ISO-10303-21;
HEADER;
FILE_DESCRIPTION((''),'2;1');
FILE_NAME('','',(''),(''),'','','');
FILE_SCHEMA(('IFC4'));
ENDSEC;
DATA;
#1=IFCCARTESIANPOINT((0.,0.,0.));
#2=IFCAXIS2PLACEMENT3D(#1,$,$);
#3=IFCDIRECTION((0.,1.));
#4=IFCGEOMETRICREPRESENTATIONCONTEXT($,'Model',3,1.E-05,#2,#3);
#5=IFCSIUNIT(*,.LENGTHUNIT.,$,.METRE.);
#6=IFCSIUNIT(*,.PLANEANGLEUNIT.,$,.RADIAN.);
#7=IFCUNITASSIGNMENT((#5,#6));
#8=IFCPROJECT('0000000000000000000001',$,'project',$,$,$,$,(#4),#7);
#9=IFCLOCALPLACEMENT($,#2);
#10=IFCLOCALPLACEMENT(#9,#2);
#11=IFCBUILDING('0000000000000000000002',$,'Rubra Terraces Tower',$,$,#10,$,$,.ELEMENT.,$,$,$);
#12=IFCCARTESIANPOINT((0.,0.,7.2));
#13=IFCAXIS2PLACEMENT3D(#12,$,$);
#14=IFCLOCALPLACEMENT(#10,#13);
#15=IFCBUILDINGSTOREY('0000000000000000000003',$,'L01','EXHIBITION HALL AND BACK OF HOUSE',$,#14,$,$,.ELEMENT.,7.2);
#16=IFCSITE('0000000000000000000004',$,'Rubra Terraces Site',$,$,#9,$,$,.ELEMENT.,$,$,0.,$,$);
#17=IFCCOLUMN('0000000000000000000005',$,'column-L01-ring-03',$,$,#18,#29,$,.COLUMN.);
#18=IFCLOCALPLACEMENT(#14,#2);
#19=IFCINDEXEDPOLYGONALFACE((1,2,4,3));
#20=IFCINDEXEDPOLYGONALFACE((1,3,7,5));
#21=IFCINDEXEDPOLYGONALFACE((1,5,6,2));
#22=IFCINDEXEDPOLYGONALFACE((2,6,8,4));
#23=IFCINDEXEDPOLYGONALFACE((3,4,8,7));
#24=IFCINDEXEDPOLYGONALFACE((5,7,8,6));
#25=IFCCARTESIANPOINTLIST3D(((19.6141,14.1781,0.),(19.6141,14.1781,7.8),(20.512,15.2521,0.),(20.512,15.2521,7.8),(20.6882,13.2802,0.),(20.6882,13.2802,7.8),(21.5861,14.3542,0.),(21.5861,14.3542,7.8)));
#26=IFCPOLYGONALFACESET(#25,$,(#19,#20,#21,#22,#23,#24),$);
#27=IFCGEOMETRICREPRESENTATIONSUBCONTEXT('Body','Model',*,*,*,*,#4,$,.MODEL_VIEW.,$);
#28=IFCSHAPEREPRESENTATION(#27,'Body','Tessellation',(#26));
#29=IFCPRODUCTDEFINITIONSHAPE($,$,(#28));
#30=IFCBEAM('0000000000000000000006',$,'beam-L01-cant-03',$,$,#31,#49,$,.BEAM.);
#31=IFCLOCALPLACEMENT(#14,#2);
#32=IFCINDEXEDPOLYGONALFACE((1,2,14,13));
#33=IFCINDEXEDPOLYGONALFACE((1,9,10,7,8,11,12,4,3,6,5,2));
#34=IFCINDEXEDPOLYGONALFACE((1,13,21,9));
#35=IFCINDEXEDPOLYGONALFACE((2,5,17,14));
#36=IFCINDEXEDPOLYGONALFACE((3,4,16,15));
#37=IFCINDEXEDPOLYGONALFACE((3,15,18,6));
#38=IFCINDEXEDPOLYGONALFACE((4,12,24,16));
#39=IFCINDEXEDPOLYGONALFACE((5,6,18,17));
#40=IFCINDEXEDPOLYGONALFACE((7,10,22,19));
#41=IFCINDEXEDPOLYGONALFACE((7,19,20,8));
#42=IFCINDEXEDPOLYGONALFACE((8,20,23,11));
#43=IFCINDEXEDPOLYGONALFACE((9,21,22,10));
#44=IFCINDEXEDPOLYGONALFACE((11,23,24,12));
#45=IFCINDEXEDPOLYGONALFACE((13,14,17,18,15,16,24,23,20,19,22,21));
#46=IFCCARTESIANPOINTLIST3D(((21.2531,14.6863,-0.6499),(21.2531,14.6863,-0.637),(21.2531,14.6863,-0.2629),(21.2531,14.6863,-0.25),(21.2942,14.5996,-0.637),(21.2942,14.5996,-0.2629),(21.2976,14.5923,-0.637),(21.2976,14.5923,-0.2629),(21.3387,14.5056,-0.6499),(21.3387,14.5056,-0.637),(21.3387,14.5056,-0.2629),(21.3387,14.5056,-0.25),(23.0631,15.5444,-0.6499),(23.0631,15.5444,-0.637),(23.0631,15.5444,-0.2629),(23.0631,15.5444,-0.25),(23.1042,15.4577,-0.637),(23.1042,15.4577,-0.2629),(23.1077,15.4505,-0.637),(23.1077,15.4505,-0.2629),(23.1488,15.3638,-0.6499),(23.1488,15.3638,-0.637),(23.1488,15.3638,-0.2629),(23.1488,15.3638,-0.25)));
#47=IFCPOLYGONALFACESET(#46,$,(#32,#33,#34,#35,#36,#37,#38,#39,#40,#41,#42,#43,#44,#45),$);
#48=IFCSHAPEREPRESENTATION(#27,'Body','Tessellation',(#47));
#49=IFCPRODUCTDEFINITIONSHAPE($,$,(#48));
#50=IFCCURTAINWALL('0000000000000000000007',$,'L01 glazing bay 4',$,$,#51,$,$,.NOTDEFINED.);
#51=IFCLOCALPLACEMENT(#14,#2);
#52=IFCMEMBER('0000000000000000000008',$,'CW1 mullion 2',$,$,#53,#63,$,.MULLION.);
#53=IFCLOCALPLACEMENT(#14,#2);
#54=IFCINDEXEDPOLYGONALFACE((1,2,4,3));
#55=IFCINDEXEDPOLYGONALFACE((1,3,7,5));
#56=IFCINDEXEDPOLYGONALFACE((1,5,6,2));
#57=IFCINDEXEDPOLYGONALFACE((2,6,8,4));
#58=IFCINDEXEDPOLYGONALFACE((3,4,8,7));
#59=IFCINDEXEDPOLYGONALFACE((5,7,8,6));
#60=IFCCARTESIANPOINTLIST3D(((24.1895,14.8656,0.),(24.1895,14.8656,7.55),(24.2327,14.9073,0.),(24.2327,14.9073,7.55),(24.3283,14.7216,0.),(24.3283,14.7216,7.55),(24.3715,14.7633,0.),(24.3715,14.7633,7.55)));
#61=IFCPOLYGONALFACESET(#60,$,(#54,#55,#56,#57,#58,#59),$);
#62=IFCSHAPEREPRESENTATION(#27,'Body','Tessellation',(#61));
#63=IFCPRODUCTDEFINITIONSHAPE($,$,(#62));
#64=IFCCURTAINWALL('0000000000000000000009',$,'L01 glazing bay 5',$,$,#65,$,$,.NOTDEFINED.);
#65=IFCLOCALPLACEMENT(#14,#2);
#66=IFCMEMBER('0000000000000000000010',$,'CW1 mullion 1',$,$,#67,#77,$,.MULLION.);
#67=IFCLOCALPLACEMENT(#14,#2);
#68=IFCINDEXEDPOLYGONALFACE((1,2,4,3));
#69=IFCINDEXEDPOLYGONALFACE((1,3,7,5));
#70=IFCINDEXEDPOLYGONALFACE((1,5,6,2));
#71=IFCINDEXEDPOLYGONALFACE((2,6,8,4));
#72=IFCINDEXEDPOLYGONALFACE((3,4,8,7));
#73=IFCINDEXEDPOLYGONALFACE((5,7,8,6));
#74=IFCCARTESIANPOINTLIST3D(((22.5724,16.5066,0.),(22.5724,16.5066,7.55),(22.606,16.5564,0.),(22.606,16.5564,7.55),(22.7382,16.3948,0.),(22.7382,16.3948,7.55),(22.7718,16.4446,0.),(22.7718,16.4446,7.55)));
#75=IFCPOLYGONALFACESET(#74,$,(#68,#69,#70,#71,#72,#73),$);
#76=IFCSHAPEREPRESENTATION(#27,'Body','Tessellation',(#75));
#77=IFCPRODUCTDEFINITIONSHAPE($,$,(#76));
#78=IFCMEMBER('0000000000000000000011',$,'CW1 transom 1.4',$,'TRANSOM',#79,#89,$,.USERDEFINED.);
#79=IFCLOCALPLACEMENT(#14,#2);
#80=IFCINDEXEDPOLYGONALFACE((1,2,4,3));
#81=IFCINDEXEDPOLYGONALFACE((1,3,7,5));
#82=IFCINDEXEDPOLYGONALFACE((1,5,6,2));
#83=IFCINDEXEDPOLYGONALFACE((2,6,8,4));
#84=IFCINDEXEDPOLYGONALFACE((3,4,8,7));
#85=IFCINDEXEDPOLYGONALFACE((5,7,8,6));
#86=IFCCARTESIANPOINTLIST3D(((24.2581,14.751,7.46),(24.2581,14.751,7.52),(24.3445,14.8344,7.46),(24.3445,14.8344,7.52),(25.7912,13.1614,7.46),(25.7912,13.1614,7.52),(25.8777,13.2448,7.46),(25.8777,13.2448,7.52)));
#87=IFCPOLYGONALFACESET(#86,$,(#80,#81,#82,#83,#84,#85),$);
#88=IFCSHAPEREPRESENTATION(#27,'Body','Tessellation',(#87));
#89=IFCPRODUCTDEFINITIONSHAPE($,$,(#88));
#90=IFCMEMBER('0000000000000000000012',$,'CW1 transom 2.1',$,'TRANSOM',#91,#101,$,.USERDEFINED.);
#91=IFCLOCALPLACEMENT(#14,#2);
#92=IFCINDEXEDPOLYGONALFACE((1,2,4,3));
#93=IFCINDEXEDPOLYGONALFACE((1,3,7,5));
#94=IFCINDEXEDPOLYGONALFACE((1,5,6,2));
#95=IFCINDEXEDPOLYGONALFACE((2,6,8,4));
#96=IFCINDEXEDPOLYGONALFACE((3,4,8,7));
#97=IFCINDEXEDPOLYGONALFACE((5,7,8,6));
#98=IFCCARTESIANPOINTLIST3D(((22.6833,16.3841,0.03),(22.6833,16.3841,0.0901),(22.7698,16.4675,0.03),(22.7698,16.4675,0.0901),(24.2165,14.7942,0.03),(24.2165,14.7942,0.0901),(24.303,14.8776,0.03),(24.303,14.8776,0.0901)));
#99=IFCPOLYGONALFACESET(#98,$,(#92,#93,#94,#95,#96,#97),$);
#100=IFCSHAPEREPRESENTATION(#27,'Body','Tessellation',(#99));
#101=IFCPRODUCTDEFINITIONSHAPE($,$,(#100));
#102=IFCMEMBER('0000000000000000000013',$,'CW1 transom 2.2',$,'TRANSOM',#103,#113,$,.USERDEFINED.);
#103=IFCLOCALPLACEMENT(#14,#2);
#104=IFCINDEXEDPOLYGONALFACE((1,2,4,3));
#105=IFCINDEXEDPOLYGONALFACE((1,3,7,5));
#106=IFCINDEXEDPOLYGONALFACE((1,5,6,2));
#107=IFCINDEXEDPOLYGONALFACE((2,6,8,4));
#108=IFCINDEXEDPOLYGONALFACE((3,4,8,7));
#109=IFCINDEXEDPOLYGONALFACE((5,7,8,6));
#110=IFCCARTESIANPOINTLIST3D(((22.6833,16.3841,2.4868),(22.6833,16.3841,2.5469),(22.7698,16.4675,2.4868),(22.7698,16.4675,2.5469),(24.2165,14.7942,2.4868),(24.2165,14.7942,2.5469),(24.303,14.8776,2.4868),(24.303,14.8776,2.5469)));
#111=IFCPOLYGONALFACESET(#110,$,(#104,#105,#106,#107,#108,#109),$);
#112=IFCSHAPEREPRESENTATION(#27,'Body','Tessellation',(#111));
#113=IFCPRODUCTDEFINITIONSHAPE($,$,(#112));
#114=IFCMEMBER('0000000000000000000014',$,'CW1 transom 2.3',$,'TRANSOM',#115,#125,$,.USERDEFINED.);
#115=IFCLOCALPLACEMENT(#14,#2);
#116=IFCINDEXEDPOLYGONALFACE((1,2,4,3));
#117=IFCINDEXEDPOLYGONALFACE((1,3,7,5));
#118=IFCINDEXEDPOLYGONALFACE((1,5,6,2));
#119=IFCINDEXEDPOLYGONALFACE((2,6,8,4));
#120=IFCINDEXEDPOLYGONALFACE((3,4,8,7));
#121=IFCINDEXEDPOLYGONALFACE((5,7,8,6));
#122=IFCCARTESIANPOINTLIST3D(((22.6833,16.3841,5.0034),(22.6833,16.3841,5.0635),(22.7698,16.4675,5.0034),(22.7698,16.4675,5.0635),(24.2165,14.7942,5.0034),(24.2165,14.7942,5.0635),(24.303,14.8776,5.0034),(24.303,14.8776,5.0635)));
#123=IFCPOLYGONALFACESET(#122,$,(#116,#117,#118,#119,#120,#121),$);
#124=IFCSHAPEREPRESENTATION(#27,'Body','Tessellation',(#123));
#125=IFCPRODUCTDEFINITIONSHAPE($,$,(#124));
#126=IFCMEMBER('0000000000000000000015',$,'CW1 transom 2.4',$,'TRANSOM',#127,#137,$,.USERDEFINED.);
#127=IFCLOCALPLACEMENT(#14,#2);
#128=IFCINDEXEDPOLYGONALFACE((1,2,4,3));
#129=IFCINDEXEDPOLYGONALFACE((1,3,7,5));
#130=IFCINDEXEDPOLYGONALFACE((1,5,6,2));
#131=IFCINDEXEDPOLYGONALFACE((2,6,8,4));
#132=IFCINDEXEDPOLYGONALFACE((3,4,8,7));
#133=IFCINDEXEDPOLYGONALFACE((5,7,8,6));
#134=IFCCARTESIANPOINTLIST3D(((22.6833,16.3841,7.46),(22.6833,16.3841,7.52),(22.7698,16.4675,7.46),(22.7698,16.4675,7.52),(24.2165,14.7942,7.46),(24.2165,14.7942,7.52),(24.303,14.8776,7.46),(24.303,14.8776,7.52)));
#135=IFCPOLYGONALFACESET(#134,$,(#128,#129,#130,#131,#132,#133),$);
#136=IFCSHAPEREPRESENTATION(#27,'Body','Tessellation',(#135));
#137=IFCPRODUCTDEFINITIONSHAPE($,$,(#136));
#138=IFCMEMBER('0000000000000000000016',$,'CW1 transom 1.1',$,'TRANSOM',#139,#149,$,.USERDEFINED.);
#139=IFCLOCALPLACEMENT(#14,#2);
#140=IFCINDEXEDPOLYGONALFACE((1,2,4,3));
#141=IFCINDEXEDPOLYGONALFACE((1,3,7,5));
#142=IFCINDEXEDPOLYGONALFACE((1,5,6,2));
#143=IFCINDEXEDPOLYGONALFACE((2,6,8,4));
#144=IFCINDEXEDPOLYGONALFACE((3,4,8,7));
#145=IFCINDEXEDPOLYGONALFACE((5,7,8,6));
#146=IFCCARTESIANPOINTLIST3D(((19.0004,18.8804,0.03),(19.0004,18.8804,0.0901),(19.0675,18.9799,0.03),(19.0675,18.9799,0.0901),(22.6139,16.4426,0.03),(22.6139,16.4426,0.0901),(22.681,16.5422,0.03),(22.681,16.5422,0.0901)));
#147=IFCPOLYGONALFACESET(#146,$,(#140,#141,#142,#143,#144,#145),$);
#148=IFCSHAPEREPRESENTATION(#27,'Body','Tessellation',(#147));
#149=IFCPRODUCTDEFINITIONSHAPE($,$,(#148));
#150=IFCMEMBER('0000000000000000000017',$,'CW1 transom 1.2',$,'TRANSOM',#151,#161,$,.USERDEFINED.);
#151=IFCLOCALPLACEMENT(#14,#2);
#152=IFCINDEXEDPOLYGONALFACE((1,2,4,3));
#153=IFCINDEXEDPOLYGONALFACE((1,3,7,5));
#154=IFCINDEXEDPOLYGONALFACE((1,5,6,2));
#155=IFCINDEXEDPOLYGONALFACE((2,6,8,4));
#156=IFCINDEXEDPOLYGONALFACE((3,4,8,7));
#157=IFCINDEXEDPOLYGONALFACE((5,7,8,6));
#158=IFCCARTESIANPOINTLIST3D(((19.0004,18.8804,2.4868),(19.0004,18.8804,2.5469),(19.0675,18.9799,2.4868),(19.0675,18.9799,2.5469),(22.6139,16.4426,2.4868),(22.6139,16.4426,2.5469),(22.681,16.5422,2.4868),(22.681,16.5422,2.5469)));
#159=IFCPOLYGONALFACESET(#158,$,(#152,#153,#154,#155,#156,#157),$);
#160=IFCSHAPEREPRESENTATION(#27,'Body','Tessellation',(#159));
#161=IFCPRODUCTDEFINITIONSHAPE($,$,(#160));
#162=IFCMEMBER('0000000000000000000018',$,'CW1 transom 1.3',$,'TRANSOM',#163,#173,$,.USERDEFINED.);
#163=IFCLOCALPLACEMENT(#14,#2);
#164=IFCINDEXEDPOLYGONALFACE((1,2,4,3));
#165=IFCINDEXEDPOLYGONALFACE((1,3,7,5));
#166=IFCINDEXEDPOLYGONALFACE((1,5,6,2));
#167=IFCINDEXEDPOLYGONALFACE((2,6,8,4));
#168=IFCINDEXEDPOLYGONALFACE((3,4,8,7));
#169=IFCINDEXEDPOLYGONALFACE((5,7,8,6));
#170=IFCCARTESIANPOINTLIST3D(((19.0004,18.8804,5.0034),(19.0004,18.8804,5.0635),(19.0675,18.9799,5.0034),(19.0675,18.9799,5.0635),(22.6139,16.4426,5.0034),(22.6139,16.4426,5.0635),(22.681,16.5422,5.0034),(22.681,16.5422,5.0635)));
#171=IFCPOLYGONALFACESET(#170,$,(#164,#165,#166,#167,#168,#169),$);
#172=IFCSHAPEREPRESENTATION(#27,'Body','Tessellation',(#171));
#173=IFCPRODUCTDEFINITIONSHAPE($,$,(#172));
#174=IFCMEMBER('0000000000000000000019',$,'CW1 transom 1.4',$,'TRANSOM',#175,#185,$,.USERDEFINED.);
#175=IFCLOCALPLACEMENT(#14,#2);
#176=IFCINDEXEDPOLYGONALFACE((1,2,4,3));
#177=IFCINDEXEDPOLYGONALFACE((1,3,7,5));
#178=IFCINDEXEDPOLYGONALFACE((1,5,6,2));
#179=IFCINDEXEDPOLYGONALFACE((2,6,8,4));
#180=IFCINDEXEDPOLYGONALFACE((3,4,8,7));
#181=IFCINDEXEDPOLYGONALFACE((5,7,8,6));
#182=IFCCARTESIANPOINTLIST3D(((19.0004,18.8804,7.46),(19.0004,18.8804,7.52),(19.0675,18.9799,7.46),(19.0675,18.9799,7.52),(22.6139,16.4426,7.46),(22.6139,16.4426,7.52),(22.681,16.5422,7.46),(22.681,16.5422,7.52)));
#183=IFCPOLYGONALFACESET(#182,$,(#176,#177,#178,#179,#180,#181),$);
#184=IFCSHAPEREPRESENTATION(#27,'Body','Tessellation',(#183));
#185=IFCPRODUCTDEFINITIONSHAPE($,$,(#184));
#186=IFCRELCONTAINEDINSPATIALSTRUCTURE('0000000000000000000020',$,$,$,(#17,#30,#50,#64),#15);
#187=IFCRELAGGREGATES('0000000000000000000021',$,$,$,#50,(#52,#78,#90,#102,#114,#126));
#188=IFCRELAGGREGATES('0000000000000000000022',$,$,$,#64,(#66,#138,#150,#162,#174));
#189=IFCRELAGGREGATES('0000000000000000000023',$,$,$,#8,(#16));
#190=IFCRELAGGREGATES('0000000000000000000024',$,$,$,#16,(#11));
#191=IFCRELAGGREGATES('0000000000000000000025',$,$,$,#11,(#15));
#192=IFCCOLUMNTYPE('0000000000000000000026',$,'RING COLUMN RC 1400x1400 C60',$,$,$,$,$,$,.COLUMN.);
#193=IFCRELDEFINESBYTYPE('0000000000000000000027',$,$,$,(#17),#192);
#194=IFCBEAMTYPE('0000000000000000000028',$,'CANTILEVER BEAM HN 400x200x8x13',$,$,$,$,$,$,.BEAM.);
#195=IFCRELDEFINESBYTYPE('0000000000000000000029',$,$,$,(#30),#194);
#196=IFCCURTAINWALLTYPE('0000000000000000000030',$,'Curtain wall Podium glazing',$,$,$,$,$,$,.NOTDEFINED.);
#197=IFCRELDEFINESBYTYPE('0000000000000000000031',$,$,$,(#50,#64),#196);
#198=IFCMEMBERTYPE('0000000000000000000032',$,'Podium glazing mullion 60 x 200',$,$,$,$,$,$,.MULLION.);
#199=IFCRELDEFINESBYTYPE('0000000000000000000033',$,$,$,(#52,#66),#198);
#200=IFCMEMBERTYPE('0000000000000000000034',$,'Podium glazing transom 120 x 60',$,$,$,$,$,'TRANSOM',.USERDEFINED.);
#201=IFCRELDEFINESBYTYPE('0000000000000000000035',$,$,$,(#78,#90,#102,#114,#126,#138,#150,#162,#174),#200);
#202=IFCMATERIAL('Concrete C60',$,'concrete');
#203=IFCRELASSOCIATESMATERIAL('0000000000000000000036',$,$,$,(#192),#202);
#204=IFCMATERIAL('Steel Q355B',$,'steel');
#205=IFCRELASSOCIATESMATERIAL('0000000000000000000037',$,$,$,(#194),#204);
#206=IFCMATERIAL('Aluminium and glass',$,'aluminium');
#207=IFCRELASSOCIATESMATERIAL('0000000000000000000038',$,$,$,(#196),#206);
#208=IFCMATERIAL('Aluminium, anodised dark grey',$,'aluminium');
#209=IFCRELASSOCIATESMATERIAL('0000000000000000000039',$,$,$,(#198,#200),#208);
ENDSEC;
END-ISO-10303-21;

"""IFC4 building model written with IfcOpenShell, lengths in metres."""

from ifc_helpers import new_model, si_unit, direction, frame, origin, origin_2d, place, context, subcontext, project, spatial, rectangle, i_section, extrude, material, material_profile, profile_set, type_object, element, aggregate, save


model = new_model("IFC4")

# Units and contexts
model_context = context("Model", 3, precision=1e-05, world=origin(), true_north=direction((0.0, 1.0)))
body_context = subcontext(model_context, "Body", "Model", "MODEL_VIEW")
ifc_project = project(units=[si_unit("LENGTHUNIT", "METRE"), si_unit("PLANEANGLEUNIT", "RADIAN")], contexts=[model_context])

# Site, building, storey
site_placement = place(None, origin())
site = spatial("IfcSite", under=ifc_project, at=site_placement, Name="Rubra Terraces Site", CompositionType="ELEMENT", RefElevation=0.0)
building_placement = place(site_placement, origin())
building = spatial("IfcBuilding", under=site, at=building_placement, Name="Rubra Terraces Tower", CompositionType="ELEMENT")
storey_placement = place(building_placement, frame((0.0, 0.0, 7.2)))
storey = spatial("IfcBuildingStorey", under=building, at=storey_placement, Name="L01", Description="EXHIBITION HALL AND BACK OF HOUSE", CompositionType="ELEMENT", Elevation=7.2)

# Column
ifc_material_1 = material(Name="Concrete C60", Category="concrete")
ifc_material_profile_1 = material_profile(ifc_material_1, rectangle(XDim=1.3999, YDim=1.3999, at=origin_2d()), Name="RC 1400x1400")
ifc_profile_set_1 = profile_set([ifc_material_profile_1], Name="Concrete C60")
column_type = type_object("IfcColumnType", Name="RING COLUMN RC 1400x1400 C60", PredefinedType="COLUMN", material=ifc_profile_set_1)
column_placement = place(storey_placement, frame((20.6001, 14.2661, 0.0), z_axis=(0.0, 0.0, 1.0), x_axis=(-0.76721, 0.641397, 0.0)))
element("IfcColumn", 1, at=column_placement, inside=storey, type_object=column_type, Name="column-L01-ring-03", PredefinedType="COLUMN", context=body_context, shape_type="SweptSolid", body=[
    extrude(rectangle(XDim=1.3999, YDim=1.3999, at=origin_2d()), origin(), (0.0, 0.0, 1.0), 7.8),
])

# Beam
ifc_material_2 = material(Name="Steel Q355B", Category="steel")
ifc_material_profile_2 = material_profile(ifc_material_2, i_section(OverallWidth=0.2, OverallDepth=0.3999, WebThickness=0.0081, FlangeThickness=0.0129, at=origin_2d()), Name="HN 400x200x8x13")
ifc_profile_set_2 = profile_set([ifc_material_profile_2], Name="Steel Q355B")
beam_type_1 = type_object("IfcBeamType", Name="CANTILEVER BEAM HN 400x200x8x13", PredefinedType="BEAM", material=ifc_profile_set_2)
beam_1_placement = place(storey_placement, frame((21.2959, 14.5959, -0.45), z_axis=(0.903591, 0.428395, 0.0), x_axis=(-0.428395, 0.903591, 0.0)))
element("IfcBeam", 2, at=beam_1_placement, inside=storey, type_object=beam_type_1, Name="beam-L01-cant-03", PredefinedType="BEAM", context=body_context, shape_type="SweptSolid", body=[
    extrude(i_section(OverallWidth=0.2, OverallDepth=0.3999, WebThickness=0.0081, FlangeThickness=0.0129, at=origin_2d()), origin(), (0.0, 0.0, 1.0), 2.0032),
])

# Curtain walls, members
ifc_material_3 = material(Name="Aluminium and glass", Category="aluminium")
curtain_wall_type = type_object("IfcCurtainWallType", Name="Curtain wall Podium glazing", PredefinedType="NOTDEFINED", material=ifc_material_3)
curtain_wall_1_placement = place(storey_placement, origin())
curtain_wall_1 = element("IfcCurtainWall", 3, at=curtain_wall_1_placement, inside=storey, type_object=curtain_wall_type, Name="L01 glazing bay 4", PredefinedType="NOTDEFINED")
ifc_material_4 = material(Name="Aluminium, anodised dark grey", Category="aluminium")
ifc_material_profile_3 = material_profile(ifc_material_4, rectangle(XDim=0.0601, YDim=0.2, at=origin_2d()), Name="AL 60x200")
ifc_profile_set_3 = profile_set([ifc_material_profile_3], Name="Aluminium, anodised dark grey")
member_type_1 = type_object("IfcMemberType", Name="Podium glazing mullion 60 x 200", PredefinedType="MULLION", material=ifc_profile_set_3)
member_1_placement = place(storey_placement, frame((24.2805, 14.8145, 0.0), z_axis=(0.0, 0.0, 1.0), x_axis=(-0.719825, -0.694156, 0.0)))
member_1 = element("IfcMember", 4, at=member_1_placement, type_object=member_type_1, Name="CW1 mullion 2", PredefinedType="MULLION", context=body_context, shape_type="SweptSolid", body=[
    extrude(rectangle(XDim=0.0601, YDim=0.2, at=origin_2d()), origin(), (0.0, 0.0, 1.0), 7.55),
])
curtain_wall_2_placement = place(storey_placement, origin())
curtain_wall_2 = element("IfcCurtainWall", 5, at=curtain_wall_2_placement, inside=storey, type_object=curtain_wall_type, Name="L01 glazing bay 5", PredefinedType="NOTDEFINED")
member_2_placement = place(storey_placement, frame((22.6721, 16.4756, 0.0), z_axis=(0.0, 0.0, 1.0), x_axis=(-0.559277, -0.828981, 0.0)))
member_2 = element("IfcMember", 6, at=member_2_placement, type_object=member_type_1, Name="CW1 mullion 1", PredefinedType="MULLION", context=body_context, shape_type="SweptSolid", body=[
    extrude(rectangle(XDim=0.0601, YDim=0.2, at=origin_2d()), origin(), (0.0, 0.0, 1.0), 7.55),
])

# Members
ifc_material_profile_4 = material_profile(ifc_material_4, rectangle(XDim=0.1201, YDim=0.0601, at=origin_2d()), Name="AL 120x60")
ifc_profile_set_4 = profile_set([ifc_material_profile_4], Name="Aluminium, anodised dark grey")
member_type_2 = type_object("IfcMemberType", Name="Podium glazing transom 120 x 60", ElementType="TRANSOM", PredefinedType="USERDEFINED", material=ifc_profile_set_4)
member_3_placement = place(storey_placement, frame((25.8345, 13.2031, 7.49), z_axis=(-0.694224, 0.719759, 0.0), x_axis=(-0.719759, -0.694224, 0.0)))
member_3 = element("IfcMember", 7, at=member_3_placement, type_object=member_type_2, Name="CW1 transom 1.4", ObjectType="TRANSOM", PredefinedType="USERDEFINED", context=body_context, shape_type="SweptSolid", body=[
    extrude(rectangle(XDim=0.1201, YDim=0.0601, at=origin_2d()), origin(), (0.0, 0.0, 1.0), 2.2085),
])
member_4_placement = place(storey_placement, frame((24.2598, 14.8359, 0.0601), z_axis=(-0.694168, 0.719813, 0.0), x_axis=(-0.719813, -0.694168, 0.0)))
member_4 = element("IfcMember", 8, at=member_4_placement, type_object=member_type_2, Name="CW1 transom 2.1", ObjectType="TRANSOM", PredefinedType="USERDEFINED", context=body_context, shape_type="SweptSolid", body=[
    extrude(rectangle(XDim=0.1201, YDim=0.0601, at=origin_2d()), origin(), (0.0, 0.0, 1.0), 2.2087),
])
member_5_placement = place(storey_placement, frame((24.2598, 14.8359, 2.5168), z_axis=(-0.694168, 0.719813, 0.0), x_axis=(-0.719813, -0.694168, 0.0)))
member_5 = element("IfcMember", 9, at=member_5_placement, type_object=member_type_2, Name="CW1 transom 2.2", ObjectType="TRANSOM", PredefinedType="USERDEFINED", context=body_context, shape_type="SweptSolid", body=[
    extrude(rectangle(XDim=0.1201, YDim=0.0601, at=origin_2d()), origin(), (0.0, 0.0, 1.0), 2.2087),
])
member_6_placement = place(storey_placement, frame((24.2598, 14.8359, 5.0334), z_axis=(-0.694168, 0.719813, 0.0), x_axis=(-0.719813, -0.694168, 0.0)))
member_6 = element("IfcMember", 10, at=member_6_placement, type_object=member_type_2, Name="CW1 transom 2.3", ObjectType="TRANSOM", PredefinedType="USERDEFINED", context=body_context, shape_type="SweptSolid", body=[
    extrude(rectangle(XDim=0.1201, YDim=0.0601, at=origin_2d()), origin(), (0.0, 0.0, 1.0), 2.2087),
])
member_7_placement = place(storey_placement, frame((24.2598, 14.8359, 7.49), z_axis=(-0.694168, 0.719813, 0.0), x_axis=(-0.719813, -0.694168, 0.0)))
member_7 = element("IfcMember", 11, at=member_7_placement, type_object=member_type_2, Name="CW1 transom 2.4", ObjectType="TRANSOM", PredefinedType="USERDEFINED", context=body_context, shape_type="SweptSolid", body=[
    extrude(rectangle(XDim=0.1201, YDim=0.0601, at=origin_2d()), origin(), (0.0, 0.0, 1.0), 2.2087),
])
member_8_placement = place(storey_placement, frame((22.6475, 16.4924, 0.0601), z_axis=(-0.828996, 0.559254, 0.0), x_axis=(-0.559254, -0.828996, 0.0)))
member_8 = element("IfcMember", 12, at=member_8_placement, type_object=member_type_2, Name="CW1 transom 1.1", ObjectType="TRANSOM", PredefinedType="USERDEFINED", context=body_context, shape_type="SweptSolid", body=[
    extrude(rectangle(XDim=0.1201, YDim=0.0601, at=origin_2d()), origin(), (0.0, 0.0, 1.0), 4.3589),
])
member_9_placement = place(storey_placement, frame((22.6475, 16.4924, 2.5168), z_axis=(-0.828996, 0.559254, 0.0), x_axis=(-0.559254, -0.828996, 0.0)))
member_9 = element("IfcMember", 13, at=member_9_placement, type_object=member_type_2, Name="CW1 transom 1.2", ObjectType="TRANSOM", PredefinedType="USERDEFINED", context=body_context, shape_type="SweptSolid", body=[
    extrude(rectangle(XDim=0.1201, YDim=0.0601, at=origin_2d()), origin(), (0.0, 0.0, 1.0), 4.3589),
])
member_10_placement = place(storey_placement, frame((22.6475, 16.4924, 5.0334), z_axis=(-0.828996, 0.559254, 0.0), x_axis=(-0.559254, -0.828996, 0.0)))
member_10 = element("IfcMember", 14, at=member_10_placement, type_object=member_type_2, Name="CW1 transom 1.3", ObjectType="TRANSOM", PredefinedType="USERDEFINED", context=body_context, shape_type="SweptSolid", body=[
    extrude(rectangle(XDim=0.1201, YDim=0.0601, at=origin_2d()), origin(), (0.0, 0.0, 1.0), 4.3589),
])
member_11_placement = place(storey_placement, frame((22.6475, 16.4924, 7.49), z_axis=(-0.828996, 0.559254, 0.0), x_axis=(-0.559254, -0.828996, 0.0)))
member_11 = element("IfcMember", 15, at=member_11_placement, type_object=member_type_2, Name="CW1 transom 1.4", ObjectType="TRANSOM", PredefinedType="USERDEFINED", context=body_context, shape_type="SweptSolid", body=[
    extrude(rectangle(XDim=0.1201, YDim=0.0601, at=origin_2d()), origin(), (0.0, 0.0, 1.0), 4.3589),
])

aggregate(curtain_wall_1, [member_1, member_3, member_4, member_5, member_6, member_7])
aggregate(curtain_wall_2, [member_2, member_8, member_9, member_10, member_11])

save(model, "model.ifc")
